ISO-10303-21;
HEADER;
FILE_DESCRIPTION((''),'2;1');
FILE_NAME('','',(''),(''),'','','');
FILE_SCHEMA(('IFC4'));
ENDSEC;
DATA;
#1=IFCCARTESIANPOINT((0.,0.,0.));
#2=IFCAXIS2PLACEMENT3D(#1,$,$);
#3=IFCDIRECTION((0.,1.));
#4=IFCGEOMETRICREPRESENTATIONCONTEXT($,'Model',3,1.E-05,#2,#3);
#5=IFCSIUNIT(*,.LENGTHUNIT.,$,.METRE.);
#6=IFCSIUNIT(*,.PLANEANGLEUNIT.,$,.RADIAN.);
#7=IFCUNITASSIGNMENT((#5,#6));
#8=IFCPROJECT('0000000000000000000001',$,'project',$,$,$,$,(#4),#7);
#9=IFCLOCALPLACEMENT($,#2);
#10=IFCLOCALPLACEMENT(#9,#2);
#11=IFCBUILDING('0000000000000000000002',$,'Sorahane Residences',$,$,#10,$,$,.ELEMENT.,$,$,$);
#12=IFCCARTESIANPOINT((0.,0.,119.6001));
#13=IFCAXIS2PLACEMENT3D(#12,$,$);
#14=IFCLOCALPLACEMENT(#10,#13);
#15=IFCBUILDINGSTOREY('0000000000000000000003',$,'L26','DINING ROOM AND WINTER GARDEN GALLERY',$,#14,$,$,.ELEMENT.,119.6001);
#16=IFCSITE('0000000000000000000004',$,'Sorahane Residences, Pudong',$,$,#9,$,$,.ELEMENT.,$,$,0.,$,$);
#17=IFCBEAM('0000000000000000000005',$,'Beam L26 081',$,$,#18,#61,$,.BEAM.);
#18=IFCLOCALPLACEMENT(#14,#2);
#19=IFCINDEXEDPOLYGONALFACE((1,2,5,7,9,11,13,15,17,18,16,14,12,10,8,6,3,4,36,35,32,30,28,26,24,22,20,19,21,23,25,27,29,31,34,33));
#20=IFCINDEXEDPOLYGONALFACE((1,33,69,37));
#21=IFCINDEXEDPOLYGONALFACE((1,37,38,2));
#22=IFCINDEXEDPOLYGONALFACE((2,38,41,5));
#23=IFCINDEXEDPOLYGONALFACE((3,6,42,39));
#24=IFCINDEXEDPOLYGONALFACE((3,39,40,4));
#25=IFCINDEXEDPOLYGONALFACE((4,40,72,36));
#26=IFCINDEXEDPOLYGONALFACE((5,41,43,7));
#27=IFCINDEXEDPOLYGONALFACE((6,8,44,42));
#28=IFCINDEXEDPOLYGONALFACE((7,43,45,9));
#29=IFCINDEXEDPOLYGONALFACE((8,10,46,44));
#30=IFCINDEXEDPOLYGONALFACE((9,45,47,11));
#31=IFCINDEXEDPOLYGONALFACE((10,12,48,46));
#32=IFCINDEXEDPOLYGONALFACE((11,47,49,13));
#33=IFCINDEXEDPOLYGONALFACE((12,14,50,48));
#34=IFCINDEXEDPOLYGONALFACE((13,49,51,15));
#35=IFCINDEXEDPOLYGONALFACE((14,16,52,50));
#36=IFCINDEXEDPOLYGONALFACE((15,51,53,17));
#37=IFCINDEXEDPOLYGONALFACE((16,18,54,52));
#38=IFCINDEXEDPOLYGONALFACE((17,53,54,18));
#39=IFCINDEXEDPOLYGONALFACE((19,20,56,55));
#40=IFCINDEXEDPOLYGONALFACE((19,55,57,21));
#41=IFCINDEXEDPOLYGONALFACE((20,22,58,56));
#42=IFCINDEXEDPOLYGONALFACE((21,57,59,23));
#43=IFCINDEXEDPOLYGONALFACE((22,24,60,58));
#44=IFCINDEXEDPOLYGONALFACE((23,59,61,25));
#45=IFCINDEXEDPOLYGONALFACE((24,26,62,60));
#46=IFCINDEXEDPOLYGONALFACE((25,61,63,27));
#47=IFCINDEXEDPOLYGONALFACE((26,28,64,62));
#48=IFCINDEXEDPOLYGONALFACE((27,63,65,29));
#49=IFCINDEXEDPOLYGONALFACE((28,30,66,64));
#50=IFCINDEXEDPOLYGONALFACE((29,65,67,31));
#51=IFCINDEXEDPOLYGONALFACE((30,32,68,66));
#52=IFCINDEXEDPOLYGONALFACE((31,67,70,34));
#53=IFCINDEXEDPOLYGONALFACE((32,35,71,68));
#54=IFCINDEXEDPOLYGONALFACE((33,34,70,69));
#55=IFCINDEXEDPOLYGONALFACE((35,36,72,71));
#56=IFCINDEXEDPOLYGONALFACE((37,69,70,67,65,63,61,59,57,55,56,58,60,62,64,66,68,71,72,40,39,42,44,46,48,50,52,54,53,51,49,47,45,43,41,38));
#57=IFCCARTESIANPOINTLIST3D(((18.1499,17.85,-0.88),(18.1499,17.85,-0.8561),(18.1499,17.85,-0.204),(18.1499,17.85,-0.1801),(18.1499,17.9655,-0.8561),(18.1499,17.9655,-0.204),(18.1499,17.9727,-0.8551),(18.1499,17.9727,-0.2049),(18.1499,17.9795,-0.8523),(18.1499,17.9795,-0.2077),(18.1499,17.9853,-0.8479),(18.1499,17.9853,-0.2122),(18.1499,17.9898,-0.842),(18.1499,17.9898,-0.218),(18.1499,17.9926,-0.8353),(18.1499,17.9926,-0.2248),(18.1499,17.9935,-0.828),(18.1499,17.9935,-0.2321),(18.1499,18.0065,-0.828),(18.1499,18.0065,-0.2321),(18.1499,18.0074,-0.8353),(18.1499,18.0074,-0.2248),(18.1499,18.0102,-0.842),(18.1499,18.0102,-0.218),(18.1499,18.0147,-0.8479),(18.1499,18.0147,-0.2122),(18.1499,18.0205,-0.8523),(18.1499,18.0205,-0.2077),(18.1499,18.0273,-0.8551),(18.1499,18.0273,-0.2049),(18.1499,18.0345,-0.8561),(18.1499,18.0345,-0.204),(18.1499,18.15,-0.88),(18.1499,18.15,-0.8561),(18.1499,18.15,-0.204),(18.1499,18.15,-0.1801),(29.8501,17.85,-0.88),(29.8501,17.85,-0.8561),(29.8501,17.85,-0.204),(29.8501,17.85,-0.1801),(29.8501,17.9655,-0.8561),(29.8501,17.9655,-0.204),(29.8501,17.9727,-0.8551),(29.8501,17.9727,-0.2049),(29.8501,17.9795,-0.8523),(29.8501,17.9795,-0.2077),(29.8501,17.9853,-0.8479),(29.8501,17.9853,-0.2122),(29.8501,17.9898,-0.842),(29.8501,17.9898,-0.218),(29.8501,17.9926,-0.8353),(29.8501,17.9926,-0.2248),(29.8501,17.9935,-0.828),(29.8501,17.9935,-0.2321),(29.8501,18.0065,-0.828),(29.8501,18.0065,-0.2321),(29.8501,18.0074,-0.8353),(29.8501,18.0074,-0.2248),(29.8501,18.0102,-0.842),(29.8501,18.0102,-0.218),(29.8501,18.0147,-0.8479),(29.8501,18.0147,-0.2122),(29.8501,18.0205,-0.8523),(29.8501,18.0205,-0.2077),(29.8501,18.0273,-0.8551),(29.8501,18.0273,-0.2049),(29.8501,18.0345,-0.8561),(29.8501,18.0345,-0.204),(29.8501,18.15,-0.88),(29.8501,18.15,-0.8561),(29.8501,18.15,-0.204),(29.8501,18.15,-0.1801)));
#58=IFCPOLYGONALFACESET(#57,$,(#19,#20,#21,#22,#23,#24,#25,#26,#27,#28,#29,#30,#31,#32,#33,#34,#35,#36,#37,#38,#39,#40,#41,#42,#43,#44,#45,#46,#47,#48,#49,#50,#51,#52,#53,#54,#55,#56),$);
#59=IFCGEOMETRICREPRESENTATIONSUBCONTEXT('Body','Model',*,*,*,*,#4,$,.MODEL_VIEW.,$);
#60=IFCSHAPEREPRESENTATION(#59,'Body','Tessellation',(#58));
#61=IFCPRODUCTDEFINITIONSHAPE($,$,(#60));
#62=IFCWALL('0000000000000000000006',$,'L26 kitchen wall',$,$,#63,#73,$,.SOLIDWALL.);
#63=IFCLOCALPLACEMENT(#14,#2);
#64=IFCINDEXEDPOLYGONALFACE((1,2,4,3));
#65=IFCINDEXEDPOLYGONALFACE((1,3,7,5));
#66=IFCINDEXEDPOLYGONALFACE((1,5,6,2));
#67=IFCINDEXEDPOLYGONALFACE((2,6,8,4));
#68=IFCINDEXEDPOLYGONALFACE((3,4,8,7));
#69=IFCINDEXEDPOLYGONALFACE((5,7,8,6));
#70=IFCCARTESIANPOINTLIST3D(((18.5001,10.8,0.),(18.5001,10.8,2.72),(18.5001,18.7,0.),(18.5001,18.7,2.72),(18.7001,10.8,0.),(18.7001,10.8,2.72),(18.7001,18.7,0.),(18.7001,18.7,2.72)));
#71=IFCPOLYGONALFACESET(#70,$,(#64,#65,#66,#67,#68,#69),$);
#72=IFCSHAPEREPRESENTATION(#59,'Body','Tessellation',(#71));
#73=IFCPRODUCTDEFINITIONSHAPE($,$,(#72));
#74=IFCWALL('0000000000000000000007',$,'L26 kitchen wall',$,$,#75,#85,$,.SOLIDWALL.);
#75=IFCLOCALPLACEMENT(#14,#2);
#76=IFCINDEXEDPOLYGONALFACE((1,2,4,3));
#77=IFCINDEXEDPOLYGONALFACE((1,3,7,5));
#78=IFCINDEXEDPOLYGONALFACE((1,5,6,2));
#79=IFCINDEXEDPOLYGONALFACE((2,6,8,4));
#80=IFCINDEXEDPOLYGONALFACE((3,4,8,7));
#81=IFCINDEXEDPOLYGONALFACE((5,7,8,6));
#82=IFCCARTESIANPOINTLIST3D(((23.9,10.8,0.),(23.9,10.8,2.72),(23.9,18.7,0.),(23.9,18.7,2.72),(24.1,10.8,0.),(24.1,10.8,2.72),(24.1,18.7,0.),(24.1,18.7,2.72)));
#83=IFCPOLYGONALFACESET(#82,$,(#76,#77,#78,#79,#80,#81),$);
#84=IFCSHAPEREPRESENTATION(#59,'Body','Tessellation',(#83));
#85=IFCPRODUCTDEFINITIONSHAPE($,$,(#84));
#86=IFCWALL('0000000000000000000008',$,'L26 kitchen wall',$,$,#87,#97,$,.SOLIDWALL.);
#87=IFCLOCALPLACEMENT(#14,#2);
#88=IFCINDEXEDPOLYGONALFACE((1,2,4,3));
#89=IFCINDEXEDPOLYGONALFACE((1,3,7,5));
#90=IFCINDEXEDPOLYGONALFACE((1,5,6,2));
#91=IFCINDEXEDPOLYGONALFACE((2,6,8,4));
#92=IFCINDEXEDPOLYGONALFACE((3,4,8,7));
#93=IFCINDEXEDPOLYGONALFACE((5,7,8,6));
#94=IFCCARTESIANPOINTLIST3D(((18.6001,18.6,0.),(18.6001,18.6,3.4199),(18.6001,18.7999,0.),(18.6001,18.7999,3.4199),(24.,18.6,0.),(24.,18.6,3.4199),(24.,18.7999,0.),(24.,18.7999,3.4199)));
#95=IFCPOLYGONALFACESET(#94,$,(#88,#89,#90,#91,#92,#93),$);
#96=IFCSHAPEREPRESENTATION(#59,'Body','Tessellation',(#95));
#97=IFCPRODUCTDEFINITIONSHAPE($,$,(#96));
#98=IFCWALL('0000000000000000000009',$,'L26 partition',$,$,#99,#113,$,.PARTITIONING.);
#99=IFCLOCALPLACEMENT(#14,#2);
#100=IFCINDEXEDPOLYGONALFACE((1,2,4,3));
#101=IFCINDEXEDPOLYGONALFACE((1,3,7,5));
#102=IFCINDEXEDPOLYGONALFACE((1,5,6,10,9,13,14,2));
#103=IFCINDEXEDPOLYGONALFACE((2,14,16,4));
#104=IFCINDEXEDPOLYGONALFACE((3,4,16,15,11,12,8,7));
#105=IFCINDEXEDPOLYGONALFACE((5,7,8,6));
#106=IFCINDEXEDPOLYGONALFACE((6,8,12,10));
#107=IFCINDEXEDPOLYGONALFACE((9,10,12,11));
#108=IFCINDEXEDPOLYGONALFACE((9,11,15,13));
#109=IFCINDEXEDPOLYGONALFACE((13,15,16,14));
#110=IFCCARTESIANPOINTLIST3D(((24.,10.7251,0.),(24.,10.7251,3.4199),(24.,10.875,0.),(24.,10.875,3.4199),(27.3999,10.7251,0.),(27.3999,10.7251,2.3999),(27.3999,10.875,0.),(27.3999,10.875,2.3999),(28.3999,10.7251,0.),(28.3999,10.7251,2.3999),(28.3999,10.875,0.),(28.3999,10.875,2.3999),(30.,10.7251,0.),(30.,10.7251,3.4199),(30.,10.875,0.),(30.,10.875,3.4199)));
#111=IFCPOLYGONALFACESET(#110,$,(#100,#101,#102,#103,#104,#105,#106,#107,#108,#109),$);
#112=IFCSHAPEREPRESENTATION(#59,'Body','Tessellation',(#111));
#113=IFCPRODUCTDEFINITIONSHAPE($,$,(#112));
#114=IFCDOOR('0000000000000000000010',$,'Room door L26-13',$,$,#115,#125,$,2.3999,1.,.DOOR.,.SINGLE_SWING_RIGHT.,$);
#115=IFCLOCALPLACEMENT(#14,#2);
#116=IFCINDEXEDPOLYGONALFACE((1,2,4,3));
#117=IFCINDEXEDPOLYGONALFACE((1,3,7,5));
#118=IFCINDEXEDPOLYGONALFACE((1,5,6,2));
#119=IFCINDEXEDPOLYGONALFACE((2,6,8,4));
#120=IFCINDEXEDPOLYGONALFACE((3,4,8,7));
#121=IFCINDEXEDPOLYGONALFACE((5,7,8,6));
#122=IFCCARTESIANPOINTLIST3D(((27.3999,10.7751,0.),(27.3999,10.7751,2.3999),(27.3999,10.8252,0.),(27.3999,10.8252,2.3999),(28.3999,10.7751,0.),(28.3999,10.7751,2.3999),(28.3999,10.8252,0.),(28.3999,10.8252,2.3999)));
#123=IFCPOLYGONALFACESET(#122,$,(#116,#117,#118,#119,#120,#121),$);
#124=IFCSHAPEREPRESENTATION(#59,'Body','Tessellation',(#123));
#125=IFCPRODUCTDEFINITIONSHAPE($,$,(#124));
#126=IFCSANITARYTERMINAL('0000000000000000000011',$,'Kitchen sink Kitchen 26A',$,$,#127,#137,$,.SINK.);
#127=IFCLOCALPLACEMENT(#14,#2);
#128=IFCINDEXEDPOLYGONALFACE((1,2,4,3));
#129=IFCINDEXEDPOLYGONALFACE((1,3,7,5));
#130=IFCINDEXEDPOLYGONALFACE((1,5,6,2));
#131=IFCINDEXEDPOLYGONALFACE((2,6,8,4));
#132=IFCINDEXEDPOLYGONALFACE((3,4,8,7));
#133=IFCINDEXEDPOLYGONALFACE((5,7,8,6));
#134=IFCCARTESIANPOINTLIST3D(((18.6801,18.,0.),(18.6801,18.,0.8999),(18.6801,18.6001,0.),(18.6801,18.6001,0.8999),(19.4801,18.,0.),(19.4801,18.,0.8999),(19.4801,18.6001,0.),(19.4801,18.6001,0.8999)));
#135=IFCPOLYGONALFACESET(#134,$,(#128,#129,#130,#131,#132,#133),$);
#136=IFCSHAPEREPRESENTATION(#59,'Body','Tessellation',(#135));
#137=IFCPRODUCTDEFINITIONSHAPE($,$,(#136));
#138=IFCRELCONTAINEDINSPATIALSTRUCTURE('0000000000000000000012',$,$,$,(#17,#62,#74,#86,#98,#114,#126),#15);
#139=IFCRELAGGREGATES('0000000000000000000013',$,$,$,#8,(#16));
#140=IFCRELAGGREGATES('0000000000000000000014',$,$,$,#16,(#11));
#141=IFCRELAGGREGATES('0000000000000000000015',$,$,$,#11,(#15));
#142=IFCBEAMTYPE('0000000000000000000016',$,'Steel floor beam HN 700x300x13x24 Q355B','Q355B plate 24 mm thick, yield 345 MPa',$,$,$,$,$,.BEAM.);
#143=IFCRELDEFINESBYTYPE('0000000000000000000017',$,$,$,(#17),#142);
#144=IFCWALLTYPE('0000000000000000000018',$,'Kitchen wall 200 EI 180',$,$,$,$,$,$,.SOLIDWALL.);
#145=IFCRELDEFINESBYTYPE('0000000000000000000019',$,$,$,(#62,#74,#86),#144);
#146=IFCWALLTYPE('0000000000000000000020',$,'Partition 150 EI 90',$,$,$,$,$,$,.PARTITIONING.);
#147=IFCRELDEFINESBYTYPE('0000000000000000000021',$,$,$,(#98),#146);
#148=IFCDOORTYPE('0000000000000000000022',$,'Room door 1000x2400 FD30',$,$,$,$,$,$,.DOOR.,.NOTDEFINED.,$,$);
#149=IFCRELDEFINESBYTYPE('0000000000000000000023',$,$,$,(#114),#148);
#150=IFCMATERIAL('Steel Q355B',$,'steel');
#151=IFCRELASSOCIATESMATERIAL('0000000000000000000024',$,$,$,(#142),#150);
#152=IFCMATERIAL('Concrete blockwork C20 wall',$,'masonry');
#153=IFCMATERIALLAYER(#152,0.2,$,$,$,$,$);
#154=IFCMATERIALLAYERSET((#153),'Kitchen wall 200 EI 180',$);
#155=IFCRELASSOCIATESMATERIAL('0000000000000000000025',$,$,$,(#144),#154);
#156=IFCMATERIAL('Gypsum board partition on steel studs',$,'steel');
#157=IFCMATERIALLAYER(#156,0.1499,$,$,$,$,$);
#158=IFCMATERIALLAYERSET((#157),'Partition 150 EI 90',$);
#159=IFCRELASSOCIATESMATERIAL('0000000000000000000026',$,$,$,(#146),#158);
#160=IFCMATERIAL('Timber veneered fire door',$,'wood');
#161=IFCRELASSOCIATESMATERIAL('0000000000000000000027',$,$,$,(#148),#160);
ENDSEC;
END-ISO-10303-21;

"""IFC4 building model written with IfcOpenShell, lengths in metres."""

from ifc_helpers import new_model, si_unit, direction, frame, frame_2d, origin, origin_2d, place, context, subcontext, project, spatial, rectangle, i_section, extrude, material, layer, layer_set, material_profile, profile_set, type_object, element, fill, save


model = new_model("IFC4")

# Units and contexts
model_context = context("Model", 3, precision=1e-05, world=origin(), true_north=direction((0.0, 1.0)))
body_context = subcontext(model_context, "Body", "Model", "MODEL_VIEW")
ifc_project = project(units=[si_unit("LENGTHUNIT", "METRE"), si_unit("PLANEANGLEUNIT", "RADIAN")], contexts=[model_context])

# Site, building, storey
site_placement = place(None, origin())
site = spatial("IfcSite", under=ifc_project, at=site_placement, Name="Sorahane Residences, Pudong", CompositionType="ELEMENT", RefElevation=0.0)
building_placement = place(site_placement, origin())
building = spatial("IfcBuilding", under=site, at=building_placement, Name="Sorahane Residences", CompositionType="ELEMENT")
storey_placement = place(building_placement, frame((0.0, 0.0, 119.6001)))
storey = spatial("IfcBuildingStorey", under=building, at=storey_placement, Name="L26", Description="DINING ROOM AND WINTER GARDEN GALLERY", CompositionType="ELEMENT", Elevation=119.6001)

# Beam
ifc_material_1 = material(Name="Steel Q355B", Category="steel")
ifc_material_profile_1 = material_profile(ifc_material_1, i_section(OverallWidth=0.3, OverallDepth=0.7, WebThickness=0.0129, FlangeThickness=0.0239, FilletRadius=0.0281, at=origin_2d()), Name="HN 700x300x13x24")
ifc_profile_set_1 = profile_set([ifc_material_profile_1], Name="Steel Q355B")
beam_type_1 = type_object("IfcBeamType", Name="Steel floor beam HN 700x300x13x24 Q355B", Description="Q355B plate 24 mm thick, yield 345 MPa", PredefinedType="BEAM", material=ifc_profile_set_1)
beam_1_placement = place(storey_placement, frame((18.1499, 18.0, -0.53), z_axis=(1.0, 0.0, 0.0), x_axis=(0.0, 1.0, 0.0)))
element("IfcBeam", 1, at=beam_1_placement, inside=storey, type_object=beam_type_1, Name="Beam L26 081", PredefinedType="BEAM", context=body_context, shape_type="SweptSolid", body=[
    extrude(i_section(OverallWidth=0.3, OverallDepth=0.7, WebThickness=0.0129, FlangeThickness=0.0239, FilletRadius=0.0281, at=origin_2d()), origin(), (0.0, 0.0, 1.0), 11.7002),
])

# Walls
ifc_material_2 = material(Name="Concrete blockwork C20 wall", Category="masonry")
ifc_layer_1 = layer(ifc_material_2, 0.2)
ifc_layer_set_1 = layer_set([ifc_layer_1], Name="Kitchen wall 200 EI 180")
wall_type_1 = type_object("IfcWallType", Name="Kitchen wall 200 EI 180", PredefinedType="SOLIDWALL", material=ifc_layer_set_1)
for number, where, z_axis, x_axis, name in (
    (2, (18.6001, 10.8, 0.0), (0.0, 0.0, 1.0), (0.0, 1.0, 0.0), "L26 kitchen wall"),
    (3, (24.0, 10.8, 0.0), (0.0, 0.0, 1.0), (0.0, 1.0, 0.0), "L26 kitchen wall"),
):
    element("IfcWall", number, at=place(storey_placement, frame(where, z_axis=z_axis, x_axis=x_axis)), inside=storey, type_object=wall_type_1, Name=name, PredefinedType="SOLIDWALL", context=body_context, shape_type="SweptSolid", body=[
        extrude(rectangle(XDim=7.8999, YDim=0.2, at=frame_2d((3.95, 0.0))), origin(), (0.0, 0.0, 1.0), 2.72),
    ])

# Wall
wall_1_placement = place(storey_placement, frame((18.6001, 18.7, 0.0), z_axis=(0.0, 0.0, 1.0), x_axis=(1.0, 0.0, 0.0)))
element("IfcWall", 4, at=wall_1_placement, inside=storey, type_object=wall_type_1, Name="L26 kitchen wall", PredefinedType="SOLIDWALL", context=body_context, shape_type="SweptSolid", body=[
    extrude(rectangle(XDim=5.3999, YDim=0.2, at=frame_2d((2.7, 0.0))), origin(), (0.0, 0.0, 1.0), 3.4199),
])

# Wall, opening, door
ifc_material_3 = material(Name="Gypsum board partition on steel studs", Category="steel")
ifc_layer_2 = layer(ifc_material_3, 0.1499)
ifc_layer_set_2 = layer_set([ifc_layer_2], Name="Partition 150 EI 90")
wall_type_2 = type_object("IfcWallType", Name="Partition 150 EI 90", PredefinedType="PARTITIONING", material=ifc_layer_set_2)
wall_2_placement = place(storey_placement, frame((24.0, 10.8, 0.0), z_axis=(0.0, 0.0, 1.0), x_axis=(1.0, 0.0, 0.0)))
wall_2 = element("IfcWall", 5, at=wall_2_placement, inside=storey, type_object=wall_type_2, Name="L26 partition", PredefinedType="PARTITIONING", context=body_context, shape_type="SweptSolid", body=[
    extrude(rectangle(XDim=6.0, YDim=0.1499, at=frame_2d((3.0, 0.0))), origin(), (0.0, 0.0, 1.0), 3.4199),
])
opening_1_placement = place(wall_2_placement, frame((3.3999, 0.0, 0.0)))
opening_1 = element("IfcOpeningElement", 6, at=opening_1_placement, cuts=wall_2, PredefinedType="OPENING", context=body_context, shape_type="SweptSolid", body=[
    extrude(rectangle(XDim=1.0, YDim=2.3999, at=frame_2d((0.5, 1.2))), frame((0.0, 0.085, 0.0), z_axis=(0.0, -1.0, 0.0), x_axis=(1.0, 0.0, 0.0)), (0.0, 0.0, 1.0), 0.1699),
])
ifc_material_4 = material(Name="Timber veneered fire door", Category="wood")
door_type_1 = type_object("IfcDoorType", Name="Room door 1000x2400 FD30", OperationType="NOTDEFINED", PredefinedType="DOOR", material=ifc_material_4)
door_1_placement = place(opening_1_placement, frame((1.0, 0.0, 0.0), z_axis=(0.0, 0.0, 1.0), x_axis=(-1.0, 0.0, 0.0)))
door_1 = element("IfcDoor", 7, at=door_1_placement, inside=storey, type_object=door_type_1, Name="Room door L26-13", OperationType="SINGLE_SWING_RIGHT", OverallHeight=2.3999, OverallWidth=1.0, PredefinedType="DOOR", context=body_context, shape_type="SweptSolid", body=[
    extrude(rectangle(XDim=1.0, YDim=2.3999, at=frame_2d((0.5, 1.2))), frame((0.0, 0.0249, 0.0), z_axis=(0.0, -1.0, 0.0), x_axis=(1.0, 0.0, 0.0)), (0.0, 0.0, 1.0), 0.05),
])
fill(opening_1, door_1)

# Sanitary terminal
sanitary_terminal_placement = place(storey_placement, frame((19.0801, 18.3, 0.0), z_axis=(0.0, 0.0, 1.0), x_axis=(1.0, 0.0, 0.0)))
element("IfcSanitaryTerminal", 8, at=sanitary_terminal_placement, inside=storey, Name="Kitchen sink Kitchen 26A", PredefinedType="SINK", context=body_context, shape_type="SweptSolid", body=[
    extrude(rectangle(XDim=0.8, YDim=0.6001, at=origin_2d()), origin(), (0.0, 0.0, 1.0), 0.8999),
])

save(model, "model.ifc")
